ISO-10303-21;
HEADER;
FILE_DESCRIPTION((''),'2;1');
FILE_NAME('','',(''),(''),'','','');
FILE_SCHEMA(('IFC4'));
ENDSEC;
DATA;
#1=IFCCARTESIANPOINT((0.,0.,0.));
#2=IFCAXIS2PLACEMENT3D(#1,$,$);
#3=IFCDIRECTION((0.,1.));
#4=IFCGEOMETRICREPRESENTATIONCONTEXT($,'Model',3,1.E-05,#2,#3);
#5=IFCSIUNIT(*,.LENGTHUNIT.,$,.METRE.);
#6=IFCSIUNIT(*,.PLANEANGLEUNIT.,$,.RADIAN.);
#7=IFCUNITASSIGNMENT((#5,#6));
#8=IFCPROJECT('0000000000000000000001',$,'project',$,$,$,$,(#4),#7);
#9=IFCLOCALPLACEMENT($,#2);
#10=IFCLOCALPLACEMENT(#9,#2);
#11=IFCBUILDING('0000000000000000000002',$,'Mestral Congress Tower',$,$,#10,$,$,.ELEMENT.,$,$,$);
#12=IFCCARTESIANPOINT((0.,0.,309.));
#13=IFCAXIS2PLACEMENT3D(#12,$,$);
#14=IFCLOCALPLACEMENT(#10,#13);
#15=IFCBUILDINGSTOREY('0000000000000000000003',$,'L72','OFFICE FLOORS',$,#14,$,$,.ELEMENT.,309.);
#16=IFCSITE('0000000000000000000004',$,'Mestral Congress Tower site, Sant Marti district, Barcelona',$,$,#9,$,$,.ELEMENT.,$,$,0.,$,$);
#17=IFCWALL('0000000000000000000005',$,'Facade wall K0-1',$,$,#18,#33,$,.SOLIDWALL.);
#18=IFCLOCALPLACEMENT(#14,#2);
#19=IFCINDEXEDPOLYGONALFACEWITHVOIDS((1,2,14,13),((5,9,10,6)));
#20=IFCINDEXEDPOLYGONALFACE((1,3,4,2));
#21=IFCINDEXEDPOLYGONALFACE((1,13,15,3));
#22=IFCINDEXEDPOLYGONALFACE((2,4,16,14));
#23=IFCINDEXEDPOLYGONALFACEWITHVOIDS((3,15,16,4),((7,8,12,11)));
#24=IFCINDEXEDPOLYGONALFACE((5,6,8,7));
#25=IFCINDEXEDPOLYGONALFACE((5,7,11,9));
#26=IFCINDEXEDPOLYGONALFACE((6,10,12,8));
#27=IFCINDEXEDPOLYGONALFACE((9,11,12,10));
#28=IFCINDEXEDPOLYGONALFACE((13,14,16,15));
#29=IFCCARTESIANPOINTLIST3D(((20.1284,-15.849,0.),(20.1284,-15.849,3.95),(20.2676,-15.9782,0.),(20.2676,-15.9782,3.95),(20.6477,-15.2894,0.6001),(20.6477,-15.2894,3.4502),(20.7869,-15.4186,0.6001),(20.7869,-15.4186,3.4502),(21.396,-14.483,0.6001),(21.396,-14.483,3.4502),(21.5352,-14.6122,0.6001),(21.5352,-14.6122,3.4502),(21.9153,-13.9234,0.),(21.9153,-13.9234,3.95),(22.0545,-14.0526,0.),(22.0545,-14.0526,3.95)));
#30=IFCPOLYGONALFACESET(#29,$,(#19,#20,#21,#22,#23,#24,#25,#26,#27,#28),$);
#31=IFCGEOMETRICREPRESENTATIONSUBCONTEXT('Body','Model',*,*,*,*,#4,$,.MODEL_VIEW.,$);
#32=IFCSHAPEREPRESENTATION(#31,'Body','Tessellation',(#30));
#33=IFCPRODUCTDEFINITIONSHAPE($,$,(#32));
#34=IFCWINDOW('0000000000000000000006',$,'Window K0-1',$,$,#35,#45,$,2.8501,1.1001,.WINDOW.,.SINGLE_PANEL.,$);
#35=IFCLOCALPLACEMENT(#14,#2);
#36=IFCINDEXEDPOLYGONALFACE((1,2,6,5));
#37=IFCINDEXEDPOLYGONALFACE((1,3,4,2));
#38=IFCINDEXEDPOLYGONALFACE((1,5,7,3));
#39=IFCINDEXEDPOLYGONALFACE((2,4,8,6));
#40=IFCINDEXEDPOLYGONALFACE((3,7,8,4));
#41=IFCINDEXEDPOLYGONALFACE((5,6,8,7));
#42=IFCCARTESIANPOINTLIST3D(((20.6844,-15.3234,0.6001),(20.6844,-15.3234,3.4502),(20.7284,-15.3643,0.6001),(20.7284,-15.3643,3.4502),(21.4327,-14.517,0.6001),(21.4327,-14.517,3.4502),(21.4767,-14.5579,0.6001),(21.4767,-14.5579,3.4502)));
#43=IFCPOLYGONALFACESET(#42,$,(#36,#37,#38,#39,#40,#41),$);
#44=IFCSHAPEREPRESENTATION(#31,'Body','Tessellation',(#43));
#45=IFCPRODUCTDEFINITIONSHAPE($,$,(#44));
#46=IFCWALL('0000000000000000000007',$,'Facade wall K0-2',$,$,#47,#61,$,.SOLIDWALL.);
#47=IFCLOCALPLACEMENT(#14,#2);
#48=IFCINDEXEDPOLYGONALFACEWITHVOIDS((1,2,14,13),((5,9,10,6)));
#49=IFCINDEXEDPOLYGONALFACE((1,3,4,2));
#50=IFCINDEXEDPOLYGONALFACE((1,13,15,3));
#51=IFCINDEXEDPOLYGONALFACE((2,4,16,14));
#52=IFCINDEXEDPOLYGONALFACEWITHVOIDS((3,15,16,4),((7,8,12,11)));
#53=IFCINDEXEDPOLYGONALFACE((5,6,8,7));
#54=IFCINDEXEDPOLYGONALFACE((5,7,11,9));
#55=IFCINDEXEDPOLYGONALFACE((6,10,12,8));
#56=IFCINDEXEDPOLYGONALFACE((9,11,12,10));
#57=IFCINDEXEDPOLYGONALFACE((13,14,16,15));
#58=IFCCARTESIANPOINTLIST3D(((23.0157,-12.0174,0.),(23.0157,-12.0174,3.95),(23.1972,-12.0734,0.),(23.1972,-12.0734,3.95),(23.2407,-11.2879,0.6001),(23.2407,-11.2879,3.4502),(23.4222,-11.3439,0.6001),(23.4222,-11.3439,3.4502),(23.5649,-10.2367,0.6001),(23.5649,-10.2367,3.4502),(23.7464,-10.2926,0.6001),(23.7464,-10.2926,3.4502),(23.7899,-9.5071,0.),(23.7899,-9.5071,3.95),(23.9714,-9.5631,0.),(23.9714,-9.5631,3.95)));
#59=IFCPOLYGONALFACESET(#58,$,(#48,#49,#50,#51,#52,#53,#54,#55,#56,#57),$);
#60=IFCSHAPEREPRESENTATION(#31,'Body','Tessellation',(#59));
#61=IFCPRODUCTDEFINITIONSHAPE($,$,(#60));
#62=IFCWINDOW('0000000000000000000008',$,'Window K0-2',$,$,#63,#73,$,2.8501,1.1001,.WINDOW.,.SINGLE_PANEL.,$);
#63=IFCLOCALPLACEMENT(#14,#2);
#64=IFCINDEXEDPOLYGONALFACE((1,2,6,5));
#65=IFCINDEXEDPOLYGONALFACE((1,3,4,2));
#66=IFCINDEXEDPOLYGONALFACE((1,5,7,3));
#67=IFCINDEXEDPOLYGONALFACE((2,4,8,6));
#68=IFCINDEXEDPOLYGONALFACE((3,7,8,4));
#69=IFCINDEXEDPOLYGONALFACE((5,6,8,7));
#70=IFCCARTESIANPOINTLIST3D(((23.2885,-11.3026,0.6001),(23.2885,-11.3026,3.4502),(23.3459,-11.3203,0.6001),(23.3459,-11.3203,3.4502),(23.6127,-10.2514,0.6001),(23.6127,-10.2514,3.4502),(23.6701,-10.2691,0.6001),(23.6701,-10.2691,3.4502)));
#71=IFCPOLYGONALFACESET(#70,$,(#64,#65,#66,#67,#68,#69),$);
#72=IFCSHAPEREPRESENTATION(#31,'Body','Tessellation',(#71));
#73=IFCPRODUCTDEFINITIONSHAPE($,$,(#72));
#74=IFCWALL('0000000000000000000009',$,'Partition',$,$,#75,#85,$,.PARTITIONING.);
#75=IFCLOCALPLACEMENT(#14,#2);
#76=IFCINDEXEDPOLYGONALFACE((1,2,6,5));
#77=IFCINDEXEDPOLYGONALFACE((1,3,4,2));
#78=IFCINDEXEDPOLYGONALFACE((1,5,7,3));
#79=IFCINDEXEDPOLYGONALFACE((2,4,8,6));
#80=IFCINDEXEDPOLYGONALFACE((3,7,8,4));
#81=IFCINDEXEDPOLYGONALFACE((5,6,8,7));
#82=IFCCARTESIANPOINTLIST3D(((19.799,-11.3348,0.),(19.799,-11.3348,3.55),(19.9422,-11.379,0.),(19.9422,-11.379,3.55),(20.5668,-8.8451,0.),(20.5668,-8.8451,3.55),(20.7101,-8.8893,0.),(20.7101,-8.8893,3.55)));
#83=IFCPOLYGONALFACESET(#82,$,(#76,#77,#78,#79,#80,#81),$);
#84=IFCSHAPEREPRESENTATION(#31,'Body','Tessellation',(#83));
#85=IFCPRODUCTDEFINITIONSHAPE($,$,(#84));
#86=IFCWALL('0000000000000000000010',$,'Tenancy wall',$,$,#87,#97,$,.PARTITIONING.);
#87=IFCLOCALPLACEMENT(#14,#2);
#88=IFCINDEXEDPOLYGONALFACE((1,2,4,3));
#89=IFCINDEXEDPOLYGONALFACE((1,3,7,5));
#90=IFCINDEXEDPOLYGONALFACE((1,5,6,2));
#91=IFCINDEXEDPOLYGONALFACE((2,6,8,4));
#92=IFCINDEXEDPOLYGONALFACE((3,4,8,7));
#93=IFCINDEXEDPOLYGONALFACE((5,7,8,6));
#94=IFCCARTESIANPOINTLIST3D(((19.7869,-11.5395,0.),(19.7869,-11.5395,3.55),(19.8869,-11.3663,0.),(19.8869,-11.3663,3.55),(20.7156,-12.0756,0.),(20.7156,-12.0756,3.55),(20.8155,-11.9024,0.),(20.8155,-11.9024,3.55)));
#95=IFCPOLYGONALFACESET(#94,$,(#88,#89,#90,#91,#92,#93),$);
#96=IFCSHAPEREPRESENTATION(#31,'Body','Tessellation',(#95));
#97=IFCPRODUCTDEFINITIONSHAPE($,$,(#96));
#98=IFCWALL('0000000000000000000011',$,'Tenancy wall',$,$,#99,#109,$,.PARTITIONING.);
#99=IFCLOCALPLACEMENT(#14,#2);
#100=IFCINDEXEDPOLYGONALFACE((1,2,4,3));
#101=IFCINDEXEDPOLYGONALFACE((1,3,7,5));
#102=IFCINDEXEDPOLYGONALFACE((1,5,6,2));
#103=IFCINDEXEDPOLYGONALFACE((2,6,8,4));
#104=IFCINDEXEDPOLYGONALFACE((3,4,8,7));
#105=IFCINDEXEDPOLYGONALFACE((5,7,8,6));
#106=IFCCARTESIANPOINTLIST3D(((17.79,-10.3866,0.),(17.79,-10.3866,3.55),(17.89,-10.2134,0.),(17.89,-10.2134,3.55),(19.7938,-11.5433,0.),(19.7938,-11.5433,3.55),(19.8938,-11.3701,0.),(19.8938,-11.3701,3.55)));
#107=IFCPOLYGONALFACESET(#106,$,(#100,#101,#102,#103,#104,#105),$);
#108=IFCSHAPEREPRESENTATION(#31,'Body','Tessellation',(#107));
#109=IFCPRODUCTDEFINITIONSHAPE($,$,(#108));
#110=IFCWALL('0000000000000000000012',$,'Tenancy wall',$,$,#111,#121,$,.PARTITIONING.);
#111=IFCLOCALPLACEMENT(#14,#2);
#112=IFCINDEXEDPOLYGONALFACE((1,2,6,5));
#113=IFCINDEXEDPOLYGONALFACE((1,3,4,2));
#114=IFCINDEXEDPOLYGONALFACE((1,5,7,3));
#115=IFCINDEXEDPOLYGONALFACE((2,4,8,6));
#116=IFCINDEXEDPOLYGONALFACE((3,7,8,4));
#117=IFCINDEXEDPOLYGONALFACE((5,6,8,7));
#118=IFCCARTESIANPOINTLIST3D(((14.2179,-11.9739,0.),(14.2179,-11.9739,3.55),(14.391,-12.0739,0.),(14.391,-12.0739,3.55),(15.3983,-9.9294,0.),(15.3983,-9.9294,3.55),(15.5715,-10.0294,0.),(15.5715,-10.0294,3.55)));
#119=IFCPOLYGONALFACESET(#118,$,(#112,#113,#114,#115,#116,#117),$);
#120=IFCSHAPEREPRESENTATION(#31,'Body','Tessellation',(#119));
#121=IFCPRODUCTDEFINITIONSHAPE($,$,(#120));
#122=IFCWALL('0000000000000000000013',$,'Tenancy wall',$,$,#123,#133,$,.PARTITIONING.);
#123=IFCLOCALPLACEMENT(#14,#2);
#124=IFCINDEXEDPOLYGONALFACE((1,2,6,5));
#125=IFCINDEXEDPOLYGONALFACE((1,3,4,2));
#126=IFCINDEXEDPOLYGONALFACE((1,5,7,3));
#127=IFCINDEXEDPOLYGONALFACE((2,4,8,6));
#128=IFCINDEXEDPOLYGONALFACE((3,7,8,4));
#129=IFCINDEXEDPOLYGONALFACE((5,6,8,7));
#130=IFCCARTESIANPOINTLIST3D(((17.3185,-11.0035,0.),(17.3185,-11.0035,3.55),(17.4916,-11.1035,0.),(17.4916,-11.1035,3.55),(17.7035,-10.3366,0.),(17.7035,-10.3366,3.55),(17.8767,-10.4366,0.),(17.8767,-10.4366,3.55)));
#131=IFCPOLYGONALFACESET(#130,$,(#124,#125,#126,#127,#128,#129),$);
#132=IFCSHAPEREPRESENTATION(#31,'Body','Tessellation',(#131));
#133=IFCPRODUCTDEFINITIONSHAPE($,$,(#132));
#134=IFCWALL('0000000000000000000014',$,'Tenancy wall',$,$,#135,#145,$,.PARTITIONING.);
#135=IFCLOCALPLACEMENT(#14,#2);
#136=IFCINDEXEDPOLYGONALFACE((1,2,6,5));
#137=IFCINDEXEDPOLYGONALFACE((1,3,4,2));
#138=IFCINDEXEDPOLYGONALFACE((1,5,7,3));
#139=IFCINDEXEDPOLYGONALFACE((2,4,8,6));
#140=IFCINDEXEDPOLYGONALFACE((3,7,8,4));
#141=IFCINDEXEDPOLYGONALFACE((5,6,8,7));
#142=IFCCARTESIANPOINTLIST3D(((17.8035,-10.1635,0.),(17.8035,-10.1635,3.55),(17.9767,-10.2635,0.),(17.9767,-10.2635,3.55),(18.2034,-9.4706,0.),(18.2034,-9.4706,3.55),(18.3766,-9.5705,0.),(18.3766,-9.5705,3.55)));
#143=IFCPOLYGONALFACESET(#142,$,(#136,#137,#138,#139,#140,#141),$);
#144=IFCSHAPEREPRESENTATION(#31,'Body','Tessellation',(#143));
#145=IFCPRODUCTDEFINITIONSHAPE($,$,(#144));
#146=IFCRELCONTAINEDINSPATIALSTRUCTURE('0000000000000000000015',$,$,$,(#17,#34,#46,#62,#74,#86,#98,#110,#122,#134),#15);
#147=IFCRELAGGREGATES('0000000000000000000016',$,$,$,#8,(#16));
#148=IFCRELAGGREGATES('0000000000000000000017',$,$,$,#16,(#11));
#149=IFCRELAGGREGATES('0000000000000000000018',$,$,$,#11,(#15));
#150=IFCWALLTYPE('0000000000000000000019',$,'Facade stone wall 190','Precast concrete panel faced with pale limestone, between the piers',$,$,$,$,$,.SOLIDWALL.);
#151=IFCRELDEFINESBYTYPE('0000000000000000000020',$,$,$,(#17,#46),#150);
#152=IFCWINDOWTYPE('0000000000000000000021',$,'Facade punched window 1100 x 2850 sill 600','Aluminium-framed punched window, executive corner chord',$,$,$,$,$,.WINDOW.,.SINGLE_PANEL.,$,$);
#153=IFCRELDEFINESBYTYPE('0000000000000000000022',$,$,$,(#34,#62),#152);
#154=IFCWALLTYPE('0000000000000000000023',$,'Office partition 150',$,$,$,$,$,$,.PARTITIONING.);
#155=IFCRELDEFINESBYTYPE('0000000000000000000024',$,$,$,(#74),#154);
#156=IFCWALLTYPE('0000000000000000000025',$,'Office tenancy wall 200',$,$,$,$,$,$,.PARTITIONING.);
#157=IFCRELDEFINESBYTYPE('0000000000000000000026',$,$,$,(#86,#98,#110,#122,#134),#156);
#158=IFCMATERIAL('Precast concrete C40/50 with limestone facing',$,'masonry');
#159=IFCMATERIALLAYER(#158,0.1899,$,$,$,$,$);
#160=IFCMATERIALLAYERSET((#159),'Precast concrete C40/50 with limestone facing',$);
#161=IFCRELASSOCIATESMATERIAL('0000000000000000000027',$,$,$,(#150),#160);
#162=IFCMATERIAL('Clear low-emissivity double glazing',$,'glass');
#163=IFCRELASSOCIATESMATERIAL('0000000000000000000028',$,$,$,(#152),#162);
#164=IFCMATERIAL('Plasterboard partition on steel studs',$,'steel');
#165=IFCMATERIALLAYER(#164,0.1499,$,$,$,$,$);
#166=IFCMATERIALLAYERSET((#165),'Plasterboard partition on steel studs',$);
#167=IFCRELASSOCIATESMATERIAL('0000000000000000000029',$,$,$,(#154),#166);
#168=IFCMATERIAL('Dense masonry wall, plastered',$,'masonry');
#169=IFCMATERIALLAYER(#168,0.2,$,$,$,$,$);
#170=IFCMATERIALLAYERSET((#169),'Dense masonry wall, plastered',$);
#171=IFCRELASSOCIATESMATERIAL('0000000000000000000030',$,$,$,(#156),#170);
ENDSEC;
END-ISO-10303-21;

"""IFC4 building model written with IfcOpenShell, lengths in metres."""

from ifc_helpers import new_model, si_unit, direction, frame, frame_2d, origin, place, context, subcontext, project, spatial, rectangle, extrude, material, layer, layer_set, type_object, element, fill, save


model = new_model("IFC4")

# Units and contexts
model_context = context("Model", 3, precision=1e-05, world=origin(), true_north=direction((0.0, 1.0)))
body_context = subcontext(model_context, "Body", "Model", "MODEL_VIEW")
ifc_project = project(units=[si_unit("LENGTHUNIT", "METRE"), si_unit("PLANEANGLEUNIT", "RADIAN")], contexts=[model_context])

# Site, building, storey
site_placement = place(None, origin())
site = spatial("IfcSite", under=ifc_project, at=site_placement, Name="Mestral Congress Tower site, Sant Marti district, Barcelona", CompositionType="ELEMENT", RefElevation=0.0)
building_placement = place(site_placement, origin())
building = spatial("IfcBuilding", under=site, at=building_placement, Name="Mestral Congress Tower", CompositionType="ELEMENT")
storey_placement = place(building_placement, frame((0.0, 0.0, 309.0)))
storey = spatial("IfcBuildingStorey", under=building, at=storey_placement, Name="L72", Description="OFFICE FLOORS", CompositionType="ELEMENT", Elevation=309.0)

# Walls, openings, windows
ifc_material_1 = material(Name="Precast concrete C40/50 with limestone facing", Category="masonry")
ifc_layer_1 = layer(ifc_material_1, 0.1899)
ifc_layer_set_1 = layer_set([ifc_layer_1], Name="Precast concrete C40/50 with limestone facing")
wall_type_1 = type_object("IfcWallType", Name="Facade stone wall 190", Description="Precast concrete panel faced with pale limestone, between the piers", PredefinedType="SOLIDWALL", material=ifc_layer_set_1)
ifc_material_2 = material(Name="Clear low-emissivity double glazing", Category="glass")
window_type = type_object("IfcWindowType", Name="Facade punched window 1100 x 2850 sill 600", Description="Aluminium-framed punched window, executive corner chord", PartitioningType="SINGLE_PANEL", PredefinedType="WINDOW", material=ifc_material_2)
wall_1_placement = place(storey_placement, frame((20.198, -15.9136, 0.0), z_axis=(0.0, 0.0, 1.0), x_axis=(0.680219, 0.733009, 0.0)))
wall_1 = element("IfcWall", 1, at=wall_1_placement, inside=storey, type_object=wall_type_1, Name="Facade wall K0-1", PredefinedType="SOLIDWALL", context=body_context, shape_type="SweptSolid", body=[
    extrude(rectangle(XDim=2.627, YDim=0.1899, at=frame_2d((1.3135, 0.0))), origin(), (0.0, 0.0, 1.0), 3.95),
])
opening_1_placement = place(wall_1_placement, frame((0.7634, 0.0, 0.6001)))
opening_1 = element("IfcOpeningElement", 2, at=opening_1_placement, cuts=wall_1, PredefinedType="OPENING", context=body_context, shape_type="SweptSolid", body=[
    extrude(rectangle(XDim=1.1001, YDim=2.8501, at=frame_2d((0.55, 1.425))), frame((0.0, 0.105, 0.0), z_axis=(0.0, -1.0, 0.0), x_axis=(1.0, 0.0, 0.0)), (0.0, 0.0, 1.0), 0.21),
])
window_1_placement = place(opening_1_placement, origin())
window_1 = element("IfcWindow", 3, at=window_1_placement, inside=storey, type_object=window_type, Name="Window K0-1", OverallHeight=2.8501, OverallWidth=1.1001, PartitioningType="SINGLE_PANEL", PredefinedType="WINDOW", context=body_context, shape_type="SweptSolid", body=[
    extrude(rectangle(XDim=1.1001, YDim=2.8501, at=frame_2d((0.55, 1.425))), frame((0.0, 0.0449, 0.0), z_axis=(0.0, -1.0, 0.0), x_axis=(1.0, 0.0, 0.0)), (0.0, 0.0, 1.0), 0.0601),
])
fill(opening_1, window_1)
wall_2_placement = place(storey_placement, frame((23.1064, -12.0454, 0.0), z_axis=(0.0, 0.0, 1.0), x_axis=(0.294706, 0.955588, 0.0)))
wall_2 = element("IfcWall", 4, at=wall_2_placement, inside=storey, type_object=wall_type_1, Name="Facade wall K0-2", PredefinedType="SOLIDWALL", context=body_context, shape_type="SweptSolid", body=[
    extrude(rectangle(XDim=2.627, YDim=0.1899, at=frame_2d((1.3135, 0.0))), origin(), (0.0, 0.0, 1.0), 3.95),
])
opening_2_placement = place(wall_2_placement, frame((0.7634, 0.0, 0.6001)))
opening_2 = element("IfcOpeningElement", 5, at=opening_2_placement, cuts=wall_2, PredefinedType="OPENING", context=body_context, shape_type="SweptSolid", body=[
    extrude(rectangle(XDim=1.1001, YDim=2.8501, at=frame_2d((0.55, 1.425))), frame((0.0, 0.105, 0.0), z_axis=(0.0, -1.0, 0.0), x_axis=(1.0, 0.0, 0.0)), (0.0, 0.0, 1.0), 0.21),
])
window_2_placement = place(opening_2_placement, origin())
window_2 = element("IfcWindow", 6, at=window_2_placement, inside=storey, type_object=window_type, Name="Window K0-2", OverallHeight=2.8501, OverallWidth=1.1001, PartitioningType="SINGLE_PANEL", PredefinedType="WINDOW", context=body_context, shape_type="SweptSolid", body=[
    extrude(rectangle(XDim=1.1001, YDim=2.8501, at=frame_2d((0.55, 1.425))), frame((0.0, 0.0449, 0.0), z_axis=(0.0, -1.0, 0.0), x_axis=(1.0, 0.0, 0.0)), (0.0, 0.0, 1.0), 0.0601),
])
fill(opening_2, window_2)

# Walls
ifc_material_3 = material(Name="Plasterboard partition on steel studs", Category="steel")
ifc_layer_2 = layer(ifc_material_3, 0.1499)
ifc_layer_set_2 = layer_set([ifc_layer_2], Name="Plasterboard partition on steel studs")
wall_type_2 = type_object("IfcWallType", Name="Office partition 150", PredefinedType="PARTITIONING", material=ifc_layer_set_2)
wall_3_placement = place(storey_placement, frame((19.8706, -11.3569, 0.0), z_axis=(0.0, 0.0, 1.0), x_axis=(0.294698, 0.95559, 0.0)))
element("IfcWall", 7, at=wall_3_placement, inside=storey, type_object=wall_type_2, Name="Partition", PredefinedType="PARTITIONING", context=body_context, shape_type="SweptSolid", body=[
    extrude(rectangle(XDim=2.6055, YDim=0.1499, at=frame_2d((1.3027, 0.0))), origin(), (0.0, 0.0, 1.0), 3.55),
])
ifc_material_4 = material(Name="Dense masonry wall, plastered", Category="masonry")
ifc_layer_3 = layer(ifc_material_4, 0.2)
ifc_layer_set_3 = layer_set([ifc_layer_3], Name="Dense masonry wall, plastered")
wall_type_3 = type_object("IfcWallType", Name="Office tenancy wall 200", PredefinedType="PARTITIONING", material=ifc_layer_set_3)
wall_4_placement = place(storey_placement, frame((19.8369, -11.4529, 0.0), z_axis=(0.0, 0.0, 1.0), x_axis=(0.866049, -0.499959, 0.0)))
element("IfcWall", 8, at=wall_4_placement, inside=storey, type_object=wall_type_3, Name="Tenancy wall", PredefinedType="PARTITIONING", context=body_context, shape_type="SweptSolid", body=[
    extrude(rectangle(XDim=1.0723, YDim=0.2, at=frame_2d((0.5361, 0.0))), origin(), (0.0, 0.0, 1.0), 3.55),
])
wall_5_placement = place(storey_placement, frame((17.8401, -10.3, 0.0), z_axis=(0.0, 0.0, 1.0), x_axis=(0.866066, -0.499929, 0.0)))
element("IfcWall", 9, at=wall_5_placement, inside=storey, type_object=wall_type_3, Name="Tenancy wall", PredefinedType="PARTITIONING", context=body_context, shape_type="SweptSolid", body=[
    extrude(rectangle(XDim=2.3137, YDim=0.2, at=frame_2d((1.1567, 0.0))), origin(), (0.0, 0.0, 1.0), 3.55),
])
wall_6_placement = place(storey_placement, frame((14.3044, -12.0239, 0.0), z_axis=(0.0, 0.0, 1.0), x_axis=(0.500021, 0.866013, 0.0)))
element("IfcWall", 10, at=wall_6_placement, inside=storey, type_object=wall_type_3, Name="Tenancy wall", PredefinedType="PARTITIONING", context=body_context, shape_type="SweptSolid", body=[
    extrude(rectangle(XDim=2.3608, YDim=0.2, at=frame_2d((1.1804, 0.0))), origin(), (0.0, 0.0, 1.0), 3.55),
])
wall_7_placement = place(storey_placement, frame((17.405, -11.0535, 0.0), z_axis=(0.0, 0.0, 1.0), x_axis=(0.500061, 0.86599, 0.0)))
element("IfcWall", 11, at=wall_7_placement, inside=storey, type_object=wall_type_3, Name="Tenancy wall", PredefinedType="PARTITIONING", context=body_context, shape_type="SweptSolid", body=[
    extrude(rectangle(XDim=0.77, YDim=0.2, at=frame_2d((0.385, 0.0))), origin(), (0.0, 0.0, 1.0), 3.55),
])
wall_8_placement = place(storey_placement, frame((17.8901, -10.2134, 0.0), z_axis=(0.0, 0.0, 1.0), x_axis=(0.499881, 0.866094, 0.0)))
element("IfcWall", 12, at=wall_8_placement, inside=storey, type_object=wall_type_3, Name="Tenancy wall", PredefinedType="PARTITIONING", context=body_context, shape_type="SweptSolid", body=[
    extrude(rectangle(XDim=0.8, YDim=0.2, at=frame_2d((0.3999, 0.0))), origin(), (0.0, 0.0, 1.0), 3.55),
])

save(model, "model.ifc")
